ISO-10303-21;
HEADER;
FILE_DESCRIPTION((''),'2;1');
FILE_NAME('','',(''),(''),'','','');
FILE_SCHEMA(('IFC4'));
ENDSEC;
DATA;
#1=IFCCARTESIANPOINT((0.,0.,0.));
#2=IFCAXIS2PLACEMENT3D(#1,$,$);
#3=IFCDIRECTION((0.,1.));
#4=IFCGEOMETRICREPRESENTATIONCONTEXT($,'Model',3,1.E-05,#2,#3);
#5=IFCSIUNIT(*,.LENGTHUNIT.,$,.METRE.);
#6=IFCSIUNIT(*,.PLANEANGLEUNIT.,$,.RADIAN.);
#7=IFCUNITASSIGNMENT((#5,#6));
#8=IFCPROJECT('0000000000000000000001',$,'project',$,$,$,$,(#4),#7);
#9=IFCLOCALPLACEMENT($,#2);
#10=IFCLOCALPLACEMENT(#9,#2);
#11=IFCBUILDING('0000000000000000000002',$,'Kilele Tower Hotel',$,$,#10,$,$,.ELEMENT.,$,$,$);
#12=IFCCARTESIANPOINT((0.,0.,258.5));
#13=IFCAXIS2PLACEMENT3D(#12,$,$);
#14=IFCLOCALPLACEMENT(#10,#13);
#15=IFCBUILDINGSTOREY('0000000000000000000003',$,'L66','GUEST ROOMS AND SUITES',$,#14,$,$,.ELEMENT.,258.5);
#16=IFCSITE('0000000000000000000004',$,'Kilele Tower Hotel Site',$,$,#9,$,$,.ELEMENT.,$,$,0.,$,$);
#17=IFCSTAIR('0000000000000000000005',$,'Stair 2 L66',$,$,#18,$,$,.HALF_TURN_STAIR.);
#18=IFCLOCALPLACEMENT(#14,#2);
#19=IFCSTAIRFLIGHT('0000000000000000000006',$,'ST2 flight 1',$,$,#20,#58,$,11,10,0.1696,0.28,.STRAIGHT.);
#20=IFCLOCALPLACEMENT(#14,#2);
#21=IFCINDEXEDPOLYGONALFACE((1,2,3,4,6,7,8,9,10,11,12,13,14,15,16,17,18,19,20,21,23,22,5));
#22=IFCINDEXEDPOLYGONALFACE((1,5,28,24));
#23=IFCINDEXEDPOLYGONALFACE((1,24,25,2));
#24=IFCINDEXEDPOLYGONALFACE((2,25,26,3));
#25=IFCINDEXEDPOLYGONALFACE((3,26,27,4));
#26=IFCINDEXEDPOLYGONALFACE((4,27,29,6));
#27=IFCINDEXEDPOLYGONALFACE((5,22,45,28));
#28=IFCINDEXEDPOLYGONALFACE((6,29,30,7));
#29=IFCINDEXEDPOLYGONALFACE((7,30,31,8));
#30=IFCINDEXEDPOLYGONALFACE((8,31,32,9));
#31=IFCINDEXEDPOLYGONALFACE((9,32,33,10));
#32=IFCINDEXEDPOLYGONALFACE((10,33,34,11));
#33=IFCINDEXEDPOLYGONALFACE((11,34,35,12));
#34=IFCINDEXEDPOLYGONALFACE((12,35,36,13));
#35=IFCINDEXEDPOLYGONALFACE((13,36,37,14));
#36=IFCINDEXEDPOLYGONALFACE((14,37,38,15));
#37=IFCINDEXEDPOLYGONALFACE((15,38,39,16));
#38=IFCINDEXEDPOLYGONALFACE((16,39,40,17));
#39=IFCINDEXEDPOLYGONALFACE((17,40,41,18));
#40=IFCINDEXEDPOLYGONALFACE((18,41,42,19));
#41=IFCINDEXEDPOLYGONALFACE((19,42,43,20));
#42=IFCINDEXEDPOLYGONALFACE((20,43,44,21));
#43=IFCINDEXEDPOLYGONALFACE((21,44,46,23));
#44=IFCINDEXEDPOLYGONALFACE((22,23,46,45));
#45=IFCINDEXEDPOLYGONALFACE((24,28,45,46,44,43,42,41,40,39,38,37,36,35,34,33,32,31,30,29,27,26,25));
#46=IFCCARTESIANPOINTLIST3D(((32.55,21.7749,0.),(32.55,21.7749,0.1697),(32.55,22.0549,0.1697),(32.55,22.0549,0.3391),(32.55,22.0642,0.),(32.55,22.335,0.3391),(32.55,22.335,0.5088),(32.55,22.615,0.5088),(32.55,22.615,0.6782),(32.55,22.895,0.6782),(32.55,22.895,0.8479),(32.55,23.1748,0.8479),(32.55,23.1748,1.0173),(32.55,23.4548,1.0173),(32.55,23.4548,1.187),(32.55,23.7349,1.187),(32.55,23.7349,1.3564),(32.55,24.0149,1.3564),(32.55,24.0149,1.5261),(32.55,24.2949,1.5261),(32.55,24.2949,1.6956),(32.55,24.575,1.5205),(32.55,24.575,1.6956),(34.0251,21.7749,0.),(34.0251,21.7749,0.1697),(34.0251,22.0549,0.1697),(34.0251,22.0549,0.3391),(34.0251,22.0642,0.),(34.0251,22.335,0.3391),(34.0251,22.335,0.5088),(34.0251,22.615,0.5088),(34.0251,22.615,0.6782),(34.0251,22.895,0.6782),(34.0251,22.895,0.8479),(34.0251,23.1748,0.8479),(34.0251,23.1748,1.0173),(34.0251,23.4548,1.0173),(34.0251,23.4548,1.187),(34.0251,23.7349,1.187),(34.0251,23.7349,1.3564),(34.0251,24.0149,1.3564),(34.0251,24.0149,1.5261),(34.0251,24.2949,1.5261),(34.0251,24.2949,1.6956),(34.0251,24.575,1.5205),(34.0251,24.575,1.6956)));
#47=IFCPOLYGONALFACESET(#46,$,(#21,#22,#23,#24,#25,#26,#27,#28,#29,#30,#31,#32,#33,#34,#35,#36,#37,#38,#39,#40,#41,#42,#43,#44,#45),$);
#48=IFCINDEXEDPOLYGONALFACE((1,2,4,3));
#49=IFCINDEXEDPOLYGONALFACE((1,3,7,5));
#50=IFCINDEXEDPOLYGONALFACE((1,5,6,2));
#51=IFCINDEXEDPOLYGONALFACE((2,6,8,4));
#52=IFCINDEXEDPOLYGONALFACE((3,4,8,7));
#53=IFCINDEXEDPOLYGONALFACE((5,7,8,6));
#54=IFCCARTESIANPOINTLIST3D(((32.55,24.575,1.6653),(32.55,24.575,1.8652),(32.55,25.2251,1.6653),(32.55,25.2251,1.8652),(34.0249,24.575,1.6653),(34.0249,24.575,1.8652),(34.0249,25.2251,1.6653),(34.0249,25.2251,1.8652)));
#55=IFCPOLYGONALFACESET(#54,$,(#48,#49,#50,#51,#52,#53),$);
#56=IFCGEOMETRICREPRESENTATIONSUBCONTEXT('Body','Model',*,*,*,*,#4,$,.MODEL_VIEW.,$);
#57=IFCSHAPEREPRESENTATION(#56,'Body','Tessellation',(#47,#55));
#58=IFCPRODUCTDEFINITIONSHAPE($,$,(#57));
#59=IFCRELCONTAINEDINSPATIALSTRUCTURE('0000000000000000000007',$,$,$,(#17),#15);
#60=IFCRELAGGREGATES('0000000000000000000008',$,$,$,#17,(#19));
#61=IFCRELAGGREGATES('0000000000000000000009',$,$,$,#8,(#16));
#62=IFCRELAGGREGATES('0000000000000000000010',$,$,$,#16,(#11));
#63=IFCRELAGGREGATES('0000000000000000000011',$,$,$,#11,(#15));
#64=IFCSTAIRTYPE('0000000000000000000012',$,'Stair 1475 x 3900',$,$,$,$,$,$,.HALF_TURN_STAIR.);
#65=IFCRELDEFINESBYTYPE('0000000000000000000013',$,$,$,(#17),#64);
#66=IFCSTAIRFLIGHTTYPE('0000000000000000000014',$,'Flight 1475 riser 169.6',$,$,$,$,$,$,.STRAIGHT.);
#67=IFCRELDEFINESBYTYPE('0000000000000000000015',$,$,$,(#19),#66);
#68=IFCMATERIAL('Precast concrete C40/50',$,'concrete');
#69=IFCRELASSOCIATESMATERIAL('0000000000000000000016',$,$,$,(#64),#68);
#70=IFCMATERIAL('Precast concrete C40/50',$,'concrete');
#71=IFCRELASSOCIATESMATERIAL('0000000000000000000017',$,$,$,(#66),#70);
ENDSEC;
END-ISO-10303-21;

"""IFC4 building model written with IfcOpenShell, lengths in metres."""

from ifc_helpers import new_model, si_unit, direction, frame, origin, place, context, subcontext, project, spatial, polyline, outline, extrude, material, type_object, element, aggregate, save


model = new_model("IFC4")

# Units and contexts
model_context = context("Model", 3, precision=1e-05, world=origin(), true_north=direction((0.0, 1.0)))
body_context = subcontext(model_context, "Body", "Model", "MODEL_VIEW")
ifc_project = project(units=[si_unit("LENGTHUNIT", "METRE"), si_unit("PLANEANGLEUNIT", "RADIAN")], contexts=[model_context])

# Site, building, storey
site_placement = place(None, origin())
site = spatial("IfcSite", under=ifc_project, at=site_placement, Name="Kilele Tower Hotel Site", CompositionType="ELEMENT", RefElevation=0.0)
building_placement = place(site_placement, origin())
building = spatial("IfcBuilding", under=site, at=building_placement, Name="Kilele Tower Hotel", CompositionType="ELEMENT")
storey_placement = place(building_placement, frame((0.0, 0.0, 258.5)))
storey = spatial("IfcBuildingStorey", under=building, at=storey_placement, Name="L66", Description="GUEST ROOMS AND SUITES", CompositionType="ELEMENT", Elevation=258.5)

# Stair, stair flight
ifc_material_1 = material(Name="Precast concrete C40/50", Category="concrete")
stair_type = type_object("IfcStairType", Name="Stair 1475 x 3900", PredefinedType="HALF_TURN_STAIR", material=ifc_material_1)
stair_placement = place(storey_placement, origin())
stair = element("IfcStair", 1, at=stair_placement, inside=storey, type_object=stair_type, Name="Stair 2 L66", PredefinedType="HALF_TURN_STAIR")
ifc_material_2 = material(Name="Precast concrete C40/50", Category="concrete")
stair_flight_type = type_object("IfcStairFlightType", Name="Flight 1475 riser 169.6", PredefinedType="STRAIGHT", material=ifc_material_2)
stair_flight_placement = place(storey_placement, frame((33.2876, 21.7749, 0.0), z_axis=(0.0, 0.0, 1.0), x_axis=(0.0, 1.0, 0.0)))
stair_flight = element("IfcStairFlight", 2, at=stair_flight_placement, type_object=stair_flight_type, Name="ST2 flight 1", NumberOfRisers=11, NumberOfTreads=10, PredefinedType="STRAIGHT", RiserHeight=0.1696, TreadLength=0.28, context=body_context, shape_type="SweptSolid", body=[
    extrude(outline(polyline([(0.0, 0.0), (0.0, 0.1697), (0.28, 0.1697), (0.28, 0.3391), (0.5601, 0.3391), (0.5601, 0.5088), (0.8401, 0.5088), (0.8401, 0.6782), (1.1201, 0.6782), (1.1201, 0.8479), (1.3999, 0.8479), (1.3999, 1.0173), (1.6799, 1.0173), (1.6799, 1.187), (1.96, 1.187), (1.96, 1.3564), (2.24, 1.3564), (2.24, 1.5261), (2.52, 1.5261), (2.52, 1.6956), (2.8, 1.6956), (2.8, 1.8652), (2.8, 1.5205), (0.2893, 0.0), (0.0, 0.0)])), frame((0.0, 0.7375, 0.0), z_axis=(0.0, -1.0, 0.0), x_axis=(1.0, 0.0, 0.0)), (0.0, 0.0, 1.0), 1.4751),
    extrude(outline(polyline([(2.8, 0.7375), (2.8, -0.7373), (3.4502, -0.7373), (3.4502, 0.7375), (2.8, 0.7375)])), frame((0.0, 0.0, 1.6653)), (0.0, 0.0, 1.0), 0.2),
])
aggregate(stair, [stair_flight])

save(model, "model.ifc")
